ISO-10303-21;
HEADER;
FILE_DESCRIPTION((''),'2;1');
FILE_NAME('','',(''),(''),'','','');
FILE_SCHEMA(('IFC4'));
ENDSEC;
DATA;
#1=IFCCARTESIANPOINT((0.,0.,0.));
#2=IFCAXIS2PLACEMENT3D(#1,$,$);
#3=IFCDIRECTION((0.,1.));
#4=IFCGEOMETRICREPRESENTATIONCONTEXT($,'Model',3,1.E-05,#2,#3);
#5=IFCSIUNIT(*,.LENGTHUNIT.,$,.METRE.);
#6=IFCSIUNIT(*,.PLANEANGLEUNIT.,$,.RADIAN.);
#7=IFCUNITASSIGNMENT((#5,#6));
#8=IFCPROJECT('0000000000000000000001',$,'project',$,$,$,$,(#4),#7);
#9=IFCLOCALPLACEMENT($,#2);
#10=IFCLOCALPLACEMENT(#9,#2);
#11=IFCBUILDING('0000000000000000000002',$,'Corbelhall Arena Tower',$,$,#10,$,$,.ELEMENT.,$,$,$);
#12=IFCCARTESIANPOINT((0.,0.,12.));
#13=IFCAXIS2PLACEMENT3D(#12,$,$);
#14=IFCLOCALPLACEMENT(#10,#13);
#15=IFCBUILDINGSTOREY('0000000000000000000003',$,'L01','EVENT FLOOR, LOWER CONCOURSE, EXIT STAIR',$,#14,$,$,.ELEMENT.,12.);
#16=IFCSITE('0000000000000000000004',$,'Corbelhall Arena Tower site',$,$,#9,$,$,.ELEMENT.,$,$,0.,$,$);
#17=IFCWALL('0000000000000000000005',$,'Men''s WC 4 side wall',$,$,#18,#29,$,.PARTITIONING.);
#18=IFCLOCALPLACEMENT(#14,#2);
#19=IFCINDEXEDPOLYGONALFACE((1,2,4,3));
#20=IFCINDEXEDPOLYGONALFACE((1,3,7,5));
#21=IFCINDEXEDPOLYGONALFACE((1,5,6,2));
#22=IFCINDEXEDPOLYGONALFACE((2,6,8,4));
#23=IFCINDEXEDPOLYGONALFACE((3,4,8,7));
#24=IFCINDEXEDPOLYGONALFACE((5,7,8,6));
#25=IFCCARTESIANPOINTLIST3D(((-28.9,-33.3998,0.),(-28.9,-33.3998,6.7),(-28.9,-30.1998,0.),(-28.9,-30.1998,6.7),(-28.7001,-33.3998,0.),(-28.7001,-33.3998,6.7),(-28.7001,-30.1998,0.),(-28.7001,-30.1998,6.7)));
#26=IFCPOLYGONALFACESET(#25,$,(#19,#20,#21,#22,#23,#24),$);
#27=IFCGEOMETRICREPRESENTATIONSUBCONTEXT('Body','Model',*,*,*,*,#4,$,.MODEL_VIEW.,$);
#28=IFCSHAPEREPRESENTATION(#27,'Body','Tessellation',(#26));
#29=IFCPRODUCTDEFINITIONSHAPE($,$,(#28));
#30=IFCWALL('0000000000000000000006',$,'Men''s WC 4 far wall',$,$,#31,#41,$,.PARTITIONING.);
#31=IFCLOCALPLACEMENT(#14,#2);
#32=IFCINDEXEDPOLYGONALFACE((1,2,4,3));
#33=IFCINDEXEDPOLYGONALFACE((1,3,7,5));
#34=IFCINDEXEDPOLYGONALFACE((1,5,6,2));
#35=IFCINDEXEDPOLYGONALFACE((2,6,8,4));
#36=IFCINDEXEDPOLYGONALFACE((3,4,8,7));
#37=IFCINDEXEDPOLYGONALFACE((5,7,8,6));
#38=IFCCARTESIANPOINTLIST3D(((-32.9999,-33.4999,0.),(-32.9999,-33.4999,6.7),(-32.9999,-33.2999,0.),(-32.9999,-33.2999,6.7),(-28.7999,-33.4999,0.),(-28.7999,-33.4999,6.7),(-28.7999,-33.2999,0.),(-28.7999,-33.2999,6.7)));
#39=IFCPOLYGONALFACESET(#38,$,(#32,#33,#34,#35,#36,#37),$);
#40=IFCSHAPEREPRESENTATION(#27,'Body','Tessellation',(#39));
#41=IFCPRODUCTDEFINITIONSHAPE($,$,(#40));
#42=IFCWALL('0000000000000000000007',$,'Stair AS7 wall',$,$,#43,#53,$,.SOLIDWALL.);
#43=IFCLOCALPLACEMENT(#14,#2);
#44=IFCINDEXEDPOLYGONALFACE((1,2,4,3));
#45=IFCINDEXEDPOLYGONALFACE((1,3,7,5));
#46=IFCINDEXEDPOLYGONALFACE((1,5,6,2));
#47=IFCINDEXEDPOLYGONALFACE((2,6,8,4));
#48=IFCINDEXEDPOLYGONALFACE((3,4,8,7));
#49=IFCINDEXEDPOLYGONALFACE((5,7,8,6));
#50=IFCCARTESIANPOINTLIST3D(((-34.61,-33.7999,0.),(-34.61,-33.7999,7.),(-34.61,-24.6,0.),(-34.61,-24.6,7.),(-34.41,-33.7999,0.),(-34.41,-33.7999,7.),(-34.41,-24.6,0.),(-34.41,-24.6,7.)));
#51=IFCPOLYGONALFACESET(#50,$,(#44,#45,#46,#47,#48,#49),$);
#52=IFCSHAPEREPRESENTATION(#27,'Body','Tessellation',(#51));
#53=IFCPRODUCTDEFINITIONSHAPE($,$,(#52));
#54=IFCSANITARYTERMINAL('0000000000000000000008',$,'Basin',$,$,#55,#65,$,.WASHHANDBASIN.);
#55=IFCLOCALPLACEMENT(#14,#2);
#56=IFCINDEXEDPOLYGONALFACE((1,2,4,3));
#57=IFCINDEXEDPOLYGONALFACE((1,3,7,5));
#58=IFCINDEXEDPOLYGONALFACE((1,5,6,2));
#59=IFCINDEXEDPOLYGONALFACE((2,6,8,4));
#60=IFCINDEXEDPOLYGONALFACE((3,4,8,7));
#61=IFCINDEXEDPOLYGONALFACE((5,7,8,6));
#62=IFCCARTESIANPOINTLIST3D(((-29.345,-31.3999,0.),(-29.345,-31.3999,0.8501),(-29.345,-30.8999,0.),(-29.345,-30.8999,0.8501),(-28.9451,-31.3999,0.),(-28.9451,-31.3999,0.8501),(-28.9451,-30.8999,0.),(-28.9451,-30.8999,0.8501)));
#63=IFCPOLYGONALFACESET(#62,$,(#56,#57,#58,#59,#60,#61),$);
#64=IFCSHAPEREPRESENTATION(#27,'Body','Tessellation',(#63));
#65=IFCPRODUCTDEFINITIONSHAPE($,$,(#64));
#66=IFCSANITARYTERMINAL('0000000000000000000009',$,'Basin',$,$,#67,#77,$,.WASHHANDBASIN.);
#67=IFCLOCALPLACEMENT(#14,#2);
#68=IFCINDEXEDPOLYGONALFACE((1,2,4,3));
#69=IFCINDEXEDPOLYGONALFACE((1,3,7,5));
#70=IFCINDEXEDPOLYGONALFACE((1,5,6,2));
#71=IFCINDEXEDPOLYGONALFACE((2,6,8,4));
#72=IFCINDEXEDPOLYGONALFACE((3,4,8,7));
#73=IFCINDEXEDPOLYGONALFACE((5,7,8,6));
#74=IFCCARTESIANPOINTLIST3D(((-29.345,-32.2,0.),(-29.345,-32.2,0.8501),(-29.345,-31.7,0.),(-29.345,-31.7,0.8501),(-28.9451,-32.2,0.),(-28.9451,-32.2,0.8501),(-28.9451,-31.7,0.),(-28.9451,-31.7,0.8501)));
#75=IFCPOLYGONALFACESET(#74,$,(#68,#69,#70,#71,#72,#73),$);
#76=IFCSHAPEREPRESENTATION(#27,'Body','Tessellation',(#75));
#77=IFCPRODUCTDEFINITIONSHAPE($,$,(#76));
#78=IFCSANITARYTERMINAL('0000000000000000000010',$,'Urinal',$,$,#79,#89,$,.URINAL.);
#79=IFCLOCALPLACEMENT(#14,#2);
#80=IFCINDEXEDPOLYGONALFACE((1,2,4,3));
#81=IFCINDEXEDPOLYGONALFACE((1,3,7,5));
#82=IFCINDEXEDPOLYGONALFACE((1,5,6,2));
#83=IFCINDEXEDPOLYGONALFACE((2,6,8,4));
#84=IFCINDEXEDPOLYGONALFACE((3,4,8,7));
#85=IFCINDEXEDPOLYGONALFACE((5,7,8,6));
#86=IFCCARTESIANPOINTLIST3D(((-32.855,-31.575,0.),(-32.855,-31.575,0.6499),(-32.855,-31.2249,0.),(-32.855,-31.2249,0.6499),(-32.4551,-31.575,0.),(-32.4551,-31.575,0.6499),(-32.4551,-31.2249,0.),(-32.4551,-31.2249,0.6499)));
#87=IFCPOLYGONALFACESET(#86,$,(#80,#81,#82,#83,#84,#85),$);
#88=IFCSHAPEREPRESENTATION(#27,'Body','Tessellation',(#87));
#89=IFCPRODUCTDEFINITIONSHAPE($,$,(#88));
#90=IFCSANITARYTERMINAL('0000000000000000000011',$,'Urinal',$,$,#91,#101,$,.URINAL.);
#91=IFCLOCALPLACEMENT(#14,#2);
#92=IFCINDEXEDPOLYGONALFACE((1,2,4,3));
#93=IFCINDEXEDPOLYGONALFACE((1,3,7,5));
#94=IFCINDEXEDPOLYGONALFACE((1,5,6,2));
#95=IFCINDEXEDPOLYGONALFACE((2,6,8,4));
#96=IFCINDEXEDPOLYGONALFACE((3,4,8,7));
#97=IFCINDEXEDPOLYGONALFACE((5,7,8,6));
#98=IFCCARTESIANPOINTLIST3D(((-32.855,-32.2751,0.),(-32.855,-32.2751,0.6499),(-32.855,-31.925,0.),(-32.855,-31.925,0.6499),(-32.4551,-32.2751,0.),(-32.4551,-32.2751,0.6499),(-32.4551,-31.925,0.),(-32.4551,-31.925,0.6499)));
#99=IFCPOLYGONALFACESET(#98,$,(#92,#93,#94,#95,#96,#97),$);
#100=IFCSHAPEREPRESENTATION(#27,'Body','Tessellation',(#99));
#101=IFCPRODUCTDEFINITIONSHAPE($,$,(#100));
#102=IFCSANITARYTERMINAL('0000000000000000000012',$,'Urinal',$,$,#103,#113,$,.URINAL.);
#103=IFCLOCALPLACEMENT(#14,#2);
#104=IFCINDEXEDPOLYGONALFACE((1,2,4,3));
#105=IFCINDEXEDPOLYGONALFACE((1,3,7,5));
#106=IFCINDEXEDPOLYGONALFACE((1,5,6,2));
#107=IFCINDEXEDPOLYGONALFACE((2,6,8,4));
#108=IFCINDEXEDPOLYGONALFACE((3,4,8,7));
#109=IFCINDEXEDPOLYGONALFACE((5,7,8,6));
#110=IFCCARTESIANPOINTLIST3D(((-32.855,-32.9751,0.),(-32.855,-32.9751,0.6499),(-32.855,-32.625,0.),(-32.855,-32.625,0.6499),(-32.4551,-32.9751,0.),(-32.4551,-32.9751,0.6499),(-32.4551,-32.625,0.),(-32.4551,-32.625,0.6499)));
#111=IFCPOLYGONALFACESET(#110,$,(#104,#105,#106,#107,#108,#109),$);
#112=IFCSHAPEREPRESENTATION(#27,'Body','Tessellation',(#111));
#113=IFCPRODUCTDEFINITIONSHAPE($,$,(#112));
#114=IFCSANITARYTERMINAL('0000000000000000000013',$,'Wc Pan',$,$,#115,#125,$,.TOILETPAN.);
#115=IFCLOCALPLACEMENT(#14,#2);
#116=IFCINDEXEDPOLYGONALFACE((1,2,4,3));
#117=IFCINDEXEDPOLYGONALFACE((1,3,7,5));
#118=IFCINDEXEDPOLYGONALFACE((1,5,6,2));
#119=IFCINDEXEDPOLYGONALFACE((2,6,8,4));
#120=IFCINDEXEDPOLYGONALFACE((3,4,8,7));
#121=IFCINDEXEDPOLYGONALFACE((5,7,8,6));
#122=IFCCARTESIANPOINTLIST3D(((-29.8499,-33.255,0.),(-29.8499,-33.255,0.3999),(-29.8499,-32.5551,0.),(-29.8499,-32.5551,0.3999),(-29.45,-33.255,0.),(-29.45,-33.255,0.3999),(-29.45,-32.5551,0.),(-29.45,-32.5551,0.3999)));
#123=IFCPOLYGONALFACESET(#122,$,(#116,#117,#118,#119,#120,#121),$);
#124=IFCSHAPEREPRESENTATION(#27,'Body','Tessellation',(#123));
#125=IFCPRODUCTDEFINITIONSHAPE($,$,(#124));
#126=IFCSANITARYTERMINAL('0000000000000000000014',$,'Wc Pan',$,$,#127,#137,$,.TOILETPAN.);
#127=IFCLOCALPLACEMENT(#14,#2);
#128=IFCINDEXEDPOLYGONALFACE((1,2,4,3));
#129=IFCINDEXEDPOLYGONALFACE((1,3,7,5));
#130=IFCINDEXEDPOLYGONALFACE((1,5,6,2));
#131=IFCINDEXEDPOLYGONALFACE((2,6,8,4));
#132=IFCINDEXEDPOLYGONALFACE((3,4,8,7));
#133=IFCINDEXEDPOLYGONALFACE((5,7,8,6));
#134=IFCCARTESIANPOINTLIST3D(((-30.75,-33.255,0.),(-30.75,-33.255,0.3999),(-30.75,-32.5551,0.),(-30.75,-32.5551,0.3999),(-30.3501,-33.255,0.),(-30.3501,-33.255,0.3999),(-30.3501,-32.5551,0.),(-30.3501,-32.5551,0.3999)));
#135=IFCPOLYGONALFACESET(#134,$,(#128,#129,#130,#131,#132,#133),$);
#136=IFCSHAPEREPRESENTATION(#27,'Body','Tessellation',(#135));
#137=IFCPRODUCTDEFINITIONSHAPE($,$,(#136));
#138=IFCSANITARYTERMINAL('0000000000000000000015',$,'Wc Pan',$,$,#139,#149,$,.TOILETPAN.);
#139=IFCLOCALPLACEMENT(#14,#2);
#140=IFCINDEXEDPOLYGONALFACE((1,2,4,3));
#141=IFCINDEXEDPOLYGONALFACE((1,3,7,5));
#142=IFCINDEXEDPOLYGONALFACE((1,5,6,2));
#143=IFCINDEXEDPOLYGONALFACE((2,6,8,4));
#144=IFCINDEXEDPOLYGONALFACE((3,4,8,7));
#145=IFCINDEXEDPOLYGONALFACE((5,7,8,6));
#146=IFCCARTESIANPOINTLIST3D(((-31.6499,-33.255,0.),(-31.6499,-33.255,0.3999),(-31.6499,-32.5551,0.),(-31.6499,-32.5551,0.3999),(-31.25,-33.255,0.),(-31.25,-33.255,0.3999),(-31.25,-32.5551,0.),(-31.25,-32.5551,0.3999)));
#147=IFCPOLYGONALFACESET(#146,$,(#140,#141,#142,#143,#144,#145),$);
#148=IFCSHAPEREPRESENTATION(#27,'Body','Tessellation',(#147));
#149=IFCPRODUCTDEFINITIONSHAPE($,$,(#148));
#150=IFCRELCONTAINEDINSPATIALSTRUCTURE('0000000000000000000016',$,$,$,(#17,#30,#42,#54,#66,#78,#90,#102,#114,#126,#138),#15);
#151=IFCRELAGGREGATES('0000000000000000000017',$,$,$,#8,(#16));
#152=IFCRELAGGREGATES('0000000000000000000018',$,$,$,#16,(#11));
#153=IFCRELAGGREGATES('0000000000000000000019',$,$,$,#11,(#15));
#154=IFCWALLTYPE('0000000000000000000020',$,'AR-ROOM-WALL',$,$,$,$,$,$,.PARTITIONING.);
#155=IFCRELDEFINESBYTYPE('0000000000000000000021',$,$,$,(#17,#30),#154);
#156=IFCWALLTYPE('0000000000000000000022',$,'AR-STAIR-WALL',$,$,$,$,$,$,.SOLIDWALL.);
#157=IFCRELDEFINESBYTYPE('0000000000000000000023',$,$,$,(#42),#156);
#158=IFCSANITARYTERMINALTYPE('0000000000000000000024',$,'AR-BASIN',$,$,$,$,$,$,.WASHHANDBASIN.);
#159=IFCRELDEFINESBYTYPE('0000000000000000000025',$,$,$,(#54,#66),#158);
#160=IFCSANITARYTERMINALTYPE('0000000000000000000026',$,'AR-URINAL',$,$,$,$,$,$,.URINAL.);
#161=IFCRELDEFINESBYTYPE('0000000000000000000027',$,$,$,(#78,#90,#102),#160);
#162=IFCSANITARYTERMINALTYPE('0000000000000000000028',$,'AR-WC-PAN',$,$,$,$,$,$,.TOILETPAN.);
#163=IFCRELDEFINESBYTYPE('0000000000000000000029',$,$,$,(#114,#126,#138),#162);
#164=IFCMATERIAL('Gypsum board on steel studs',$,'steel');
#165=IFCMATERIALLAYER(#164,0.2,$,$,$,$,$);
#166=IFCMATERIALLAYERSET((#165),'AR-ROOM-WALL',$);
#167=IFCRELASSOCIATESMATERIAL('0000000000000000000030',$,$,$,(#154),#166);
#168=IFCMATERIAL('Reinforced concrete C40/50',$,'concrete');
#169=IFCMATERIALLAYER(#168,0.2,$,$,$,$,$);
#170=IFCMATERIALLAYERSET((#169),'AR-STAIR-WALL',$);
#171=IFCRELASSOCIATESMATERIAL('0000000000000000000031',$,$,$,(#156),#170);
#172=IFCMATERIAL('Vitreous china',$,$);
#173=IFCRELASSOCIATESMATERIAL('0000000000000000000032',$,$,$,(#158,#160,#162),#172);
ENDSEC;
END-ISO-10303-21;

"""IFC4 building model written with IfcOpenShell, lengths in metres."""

from ifc_helpers import new_model, si_unit, direction, frame, frame_2d, origin, origin_2d, place, context, subcontext, project, spatial, rectangle, extrude, material, layer, layer_set, type_object, element, save


model = new_model("IFC4")

# Units and contexts
model_context = context("Model", 3, precision=1e-05, world=origin(), true_north=direction((0.0, 1.0)))
body_context = subcontext(model_context, "Body", "Model", "MODEL_VIEW")
ifc_project = project(units=[si_unit("LENGTHUNIT", "METRE"), si_unit("PLANEANGLEUNIT", "RADIAN")], contexts=[model_context])

# Site, building, storey
site_placement = place(None, origin())
site = spatial("IfcSite", under=ifc_project, at=site_placement, Name="Corbelhall Arena Tower site", CompositionType="ELEMENT", RefElevation=0.0)
building_placement = place(site_placement, origin())
building = spatial("IfcBuilding", under=site, at=building_placement, Name="Corbelhall Arena Tower", CompositionType="ELEMENT")
storey_placement = place(building_placement, frame((0.0, 0.0, 12.0)))
storey = spatial("IfcBuildingStorey", under=building, at=storey_placement, Name="L01", Description="EVENT FLOOR, LOWER CONCOURSE, EXIT STAIR", CompositionType="ELEMENT", Elevation=12.0)

# Shared definitions
ifc_material_1 = material(Name="Gypsum board on steel studs", Category="steel")
ifc_layer_1 = layer(ifc_material_1, 0.2)
ifc_layer_set_1 = layer_set([ifc_layer_1], Name="AR-ROOM-WALL")
wall_type_1 = type_object("IfcWallType", Name="AR-ROOM-WALL", PredefinedType="PARTITIONING", material=ifc_layer_set_1)

# Walls
wall_1_placement = place(storey_placement, frame((-28.8, -33.3999, 0.0), z_axis=(0.0, 0.0, 1.0), x_axis=(0.0, 1.0, 0.0)))
element("IfcWall", 1, at=wall_1_placement, inside=storey, type_object=wall_type_1, Name="Men's WC 4 side wall", PredefinedType="PARTITIONING", context=body_context, shape_type="SweptSolid", body=[
    extrude(rectangle(XDim=3.2, YDim=0.2, at=frame_2d((1.6001, 0.0))), origin(), (0.0, 0.0, 1.0), 6.7),
])
wall_2_placement = place(storey_placement, frame((-33.0, -33.3999, 0.0), z_axis=(0.0, 0.0, 1.0), x_axis=(1.0, 0.0, 0.0)))
element("IfcWall", 2, at=wall_2_placement, inside=storey, type_object=wall_type_1, Name="Men's WC 4 far wall", PredefinedType="PARTITIONING", context=body_context, shape_type="SweptSolid", body=[
    extrude(rectangle(XDim=4.2, YDim=0.2, at=frame_2d((2.1001, 0.0))), origin(), (0.0, 0.0, 1.0), 6.7),
])
ifc_material_2 = material(Name="Reinforced concrete C40/50", Category="concrete")
ifc_layer_2 = layer(ifc_material_2, 0.2)
ifc_layer_set_2 = layer_set([ifc_layer_2], Name="AR-STAIR-WALL")
wall_type_2 = type_object("IfcWallType", Name="AR-STAIR-WALL", PredefinedType="SOLIDWALL", material=ifc_layer_set_2)
wall_3_placement = place(storey_placement, frame((-34.51, -33.8, 0.0), z_axis=(0.0, 0.0, 1.0), x_axis=(0.0, 1.0, 0.0)))
element("IfcWall", 3, at=wall_3_placement, inside=storey, type_object=wall_type_2, Name="Stair AS7 wall", PredefinedType="SOLIDWALL", context=body_context, shape_type="SweptSolid", body=[
    extrude(rectangle(XDim=9.2, YDim=0.2, at=frame_2d((4.6001, 0.0))), origin(), (0.0, 0.0, 1.0), 7.0),
])

# Sanitary terminals
ifc_material_3 = material(Name="Vitreous china")
sanitary_terminal_type_1 = type_object("IfcSanitaryTerminalType", Name="AR-BASIN", PredefinedType="WASHHANDBASIN", material=ifc_material_3)
for number, where, z_axis, x_axis, name in (
    (4, (-29.145, -31.1499, 0.0), (0.0, 0.0, 1.0), (1.0, 0.0, 0.0), "Basin"),
    (5, (-29.145, -31.95, 0.0), (0.0, 0.0, 1.0), (1.0, 0.0, 0.0), "Basin"),
):
    element("IfcSanitaryTerminal", number, at=place(storey_placement, frame(where, z_axis=z_axis, x_axis=x_axis)), inside=storey, type_object=sanitary_terminal_type_1, Name=name, PredefinedType="WASHHANDBASIN", context=body_context, shape_type="SweptSolid", body=[
        extrude(rectangle(XDim=0.3999, YDim=0.5, at=origin_2d()), origin(), (0.0, 0.0, 1.0), 0.8501),
    ])
sanitary_terminal_type_2 = type_object("IfcSanitaryTerminalType", Name="AR-URINAL", PredefinedType="URINAL", material=ifc_material_3)
for number, where, z_axis, x_axis, name in (
    (6, (-32.655, -31.3999, 0.0), (0.0, 0.0, 1.0), (1.0, 0.0, 0.0), "Urinal"),
    (7, (-32.655, -32.1001, 0.0), (0.0, 0.0, 1.0), (1.0, 0.0, 0.0), "Urinal"),
    (8, (-32.655, -32.8, 0.0), (0.0, 0.0, 1.0), (1.0, 0.0, 0.0), "Urinal"),
):
    element("IfcSanitaryTerminal", number, at=place(storey_placement, frame(where, z_axis=z_axis, x_axis=x_axis)), inside=storey, type_object=sanitary_terminal_type_2, Name=name, PredefinedType="URINAL", context=body_context, shape_type="SweptSolid", body=[
        extrude(rectangle(XDim=0.3999, YDim=0.3501, at=origin_2d()), origin(), (0.0, 0.0, 1.0), 0.6499),
    ])
sanitary_terminal_type_3 = type_object("IfcSanitaryTerminalType", Name="AR-WC-PAN", PredefinedType="TOILETPAN", material=ifc_material_3)
for number, where, z_axis, x_axis, name in (
    (9, (-29.6499, -32.905, 0.0), (0.0, 0.0, 1.0), (1.0, 0.0, 0.0), "Wc Pan"),
    (10, (-30.55, -32.905, 0.0), (0.0, 0.0, 1.0), (1.0, 0.0, 0.0), "Wc Pan"),
    (11, (-31.45, -32.905, 0.0), (0.0, 0.0, 1.0), (1.0, 0.0, 0.0), "Wc Pan"),
):
    element("IfcSanitaryTerminal", number, at=place(storey_placement, frame(where, z_axis=z_axis, x_axis=x_axis)), inside=storey, type_object=sanitary_terminal_type_3, Name=name, PredefinedType="TOILETPAN", context=body_context, shape_type="SweptSolid", body=[
        extrude(rectangle(XDim=0.3999, YDim=0.7, at=origin_2d()), origin(), (0.0, 0.0, 1.0), 0.3999),
    ])

save(model, "model.ifc")
